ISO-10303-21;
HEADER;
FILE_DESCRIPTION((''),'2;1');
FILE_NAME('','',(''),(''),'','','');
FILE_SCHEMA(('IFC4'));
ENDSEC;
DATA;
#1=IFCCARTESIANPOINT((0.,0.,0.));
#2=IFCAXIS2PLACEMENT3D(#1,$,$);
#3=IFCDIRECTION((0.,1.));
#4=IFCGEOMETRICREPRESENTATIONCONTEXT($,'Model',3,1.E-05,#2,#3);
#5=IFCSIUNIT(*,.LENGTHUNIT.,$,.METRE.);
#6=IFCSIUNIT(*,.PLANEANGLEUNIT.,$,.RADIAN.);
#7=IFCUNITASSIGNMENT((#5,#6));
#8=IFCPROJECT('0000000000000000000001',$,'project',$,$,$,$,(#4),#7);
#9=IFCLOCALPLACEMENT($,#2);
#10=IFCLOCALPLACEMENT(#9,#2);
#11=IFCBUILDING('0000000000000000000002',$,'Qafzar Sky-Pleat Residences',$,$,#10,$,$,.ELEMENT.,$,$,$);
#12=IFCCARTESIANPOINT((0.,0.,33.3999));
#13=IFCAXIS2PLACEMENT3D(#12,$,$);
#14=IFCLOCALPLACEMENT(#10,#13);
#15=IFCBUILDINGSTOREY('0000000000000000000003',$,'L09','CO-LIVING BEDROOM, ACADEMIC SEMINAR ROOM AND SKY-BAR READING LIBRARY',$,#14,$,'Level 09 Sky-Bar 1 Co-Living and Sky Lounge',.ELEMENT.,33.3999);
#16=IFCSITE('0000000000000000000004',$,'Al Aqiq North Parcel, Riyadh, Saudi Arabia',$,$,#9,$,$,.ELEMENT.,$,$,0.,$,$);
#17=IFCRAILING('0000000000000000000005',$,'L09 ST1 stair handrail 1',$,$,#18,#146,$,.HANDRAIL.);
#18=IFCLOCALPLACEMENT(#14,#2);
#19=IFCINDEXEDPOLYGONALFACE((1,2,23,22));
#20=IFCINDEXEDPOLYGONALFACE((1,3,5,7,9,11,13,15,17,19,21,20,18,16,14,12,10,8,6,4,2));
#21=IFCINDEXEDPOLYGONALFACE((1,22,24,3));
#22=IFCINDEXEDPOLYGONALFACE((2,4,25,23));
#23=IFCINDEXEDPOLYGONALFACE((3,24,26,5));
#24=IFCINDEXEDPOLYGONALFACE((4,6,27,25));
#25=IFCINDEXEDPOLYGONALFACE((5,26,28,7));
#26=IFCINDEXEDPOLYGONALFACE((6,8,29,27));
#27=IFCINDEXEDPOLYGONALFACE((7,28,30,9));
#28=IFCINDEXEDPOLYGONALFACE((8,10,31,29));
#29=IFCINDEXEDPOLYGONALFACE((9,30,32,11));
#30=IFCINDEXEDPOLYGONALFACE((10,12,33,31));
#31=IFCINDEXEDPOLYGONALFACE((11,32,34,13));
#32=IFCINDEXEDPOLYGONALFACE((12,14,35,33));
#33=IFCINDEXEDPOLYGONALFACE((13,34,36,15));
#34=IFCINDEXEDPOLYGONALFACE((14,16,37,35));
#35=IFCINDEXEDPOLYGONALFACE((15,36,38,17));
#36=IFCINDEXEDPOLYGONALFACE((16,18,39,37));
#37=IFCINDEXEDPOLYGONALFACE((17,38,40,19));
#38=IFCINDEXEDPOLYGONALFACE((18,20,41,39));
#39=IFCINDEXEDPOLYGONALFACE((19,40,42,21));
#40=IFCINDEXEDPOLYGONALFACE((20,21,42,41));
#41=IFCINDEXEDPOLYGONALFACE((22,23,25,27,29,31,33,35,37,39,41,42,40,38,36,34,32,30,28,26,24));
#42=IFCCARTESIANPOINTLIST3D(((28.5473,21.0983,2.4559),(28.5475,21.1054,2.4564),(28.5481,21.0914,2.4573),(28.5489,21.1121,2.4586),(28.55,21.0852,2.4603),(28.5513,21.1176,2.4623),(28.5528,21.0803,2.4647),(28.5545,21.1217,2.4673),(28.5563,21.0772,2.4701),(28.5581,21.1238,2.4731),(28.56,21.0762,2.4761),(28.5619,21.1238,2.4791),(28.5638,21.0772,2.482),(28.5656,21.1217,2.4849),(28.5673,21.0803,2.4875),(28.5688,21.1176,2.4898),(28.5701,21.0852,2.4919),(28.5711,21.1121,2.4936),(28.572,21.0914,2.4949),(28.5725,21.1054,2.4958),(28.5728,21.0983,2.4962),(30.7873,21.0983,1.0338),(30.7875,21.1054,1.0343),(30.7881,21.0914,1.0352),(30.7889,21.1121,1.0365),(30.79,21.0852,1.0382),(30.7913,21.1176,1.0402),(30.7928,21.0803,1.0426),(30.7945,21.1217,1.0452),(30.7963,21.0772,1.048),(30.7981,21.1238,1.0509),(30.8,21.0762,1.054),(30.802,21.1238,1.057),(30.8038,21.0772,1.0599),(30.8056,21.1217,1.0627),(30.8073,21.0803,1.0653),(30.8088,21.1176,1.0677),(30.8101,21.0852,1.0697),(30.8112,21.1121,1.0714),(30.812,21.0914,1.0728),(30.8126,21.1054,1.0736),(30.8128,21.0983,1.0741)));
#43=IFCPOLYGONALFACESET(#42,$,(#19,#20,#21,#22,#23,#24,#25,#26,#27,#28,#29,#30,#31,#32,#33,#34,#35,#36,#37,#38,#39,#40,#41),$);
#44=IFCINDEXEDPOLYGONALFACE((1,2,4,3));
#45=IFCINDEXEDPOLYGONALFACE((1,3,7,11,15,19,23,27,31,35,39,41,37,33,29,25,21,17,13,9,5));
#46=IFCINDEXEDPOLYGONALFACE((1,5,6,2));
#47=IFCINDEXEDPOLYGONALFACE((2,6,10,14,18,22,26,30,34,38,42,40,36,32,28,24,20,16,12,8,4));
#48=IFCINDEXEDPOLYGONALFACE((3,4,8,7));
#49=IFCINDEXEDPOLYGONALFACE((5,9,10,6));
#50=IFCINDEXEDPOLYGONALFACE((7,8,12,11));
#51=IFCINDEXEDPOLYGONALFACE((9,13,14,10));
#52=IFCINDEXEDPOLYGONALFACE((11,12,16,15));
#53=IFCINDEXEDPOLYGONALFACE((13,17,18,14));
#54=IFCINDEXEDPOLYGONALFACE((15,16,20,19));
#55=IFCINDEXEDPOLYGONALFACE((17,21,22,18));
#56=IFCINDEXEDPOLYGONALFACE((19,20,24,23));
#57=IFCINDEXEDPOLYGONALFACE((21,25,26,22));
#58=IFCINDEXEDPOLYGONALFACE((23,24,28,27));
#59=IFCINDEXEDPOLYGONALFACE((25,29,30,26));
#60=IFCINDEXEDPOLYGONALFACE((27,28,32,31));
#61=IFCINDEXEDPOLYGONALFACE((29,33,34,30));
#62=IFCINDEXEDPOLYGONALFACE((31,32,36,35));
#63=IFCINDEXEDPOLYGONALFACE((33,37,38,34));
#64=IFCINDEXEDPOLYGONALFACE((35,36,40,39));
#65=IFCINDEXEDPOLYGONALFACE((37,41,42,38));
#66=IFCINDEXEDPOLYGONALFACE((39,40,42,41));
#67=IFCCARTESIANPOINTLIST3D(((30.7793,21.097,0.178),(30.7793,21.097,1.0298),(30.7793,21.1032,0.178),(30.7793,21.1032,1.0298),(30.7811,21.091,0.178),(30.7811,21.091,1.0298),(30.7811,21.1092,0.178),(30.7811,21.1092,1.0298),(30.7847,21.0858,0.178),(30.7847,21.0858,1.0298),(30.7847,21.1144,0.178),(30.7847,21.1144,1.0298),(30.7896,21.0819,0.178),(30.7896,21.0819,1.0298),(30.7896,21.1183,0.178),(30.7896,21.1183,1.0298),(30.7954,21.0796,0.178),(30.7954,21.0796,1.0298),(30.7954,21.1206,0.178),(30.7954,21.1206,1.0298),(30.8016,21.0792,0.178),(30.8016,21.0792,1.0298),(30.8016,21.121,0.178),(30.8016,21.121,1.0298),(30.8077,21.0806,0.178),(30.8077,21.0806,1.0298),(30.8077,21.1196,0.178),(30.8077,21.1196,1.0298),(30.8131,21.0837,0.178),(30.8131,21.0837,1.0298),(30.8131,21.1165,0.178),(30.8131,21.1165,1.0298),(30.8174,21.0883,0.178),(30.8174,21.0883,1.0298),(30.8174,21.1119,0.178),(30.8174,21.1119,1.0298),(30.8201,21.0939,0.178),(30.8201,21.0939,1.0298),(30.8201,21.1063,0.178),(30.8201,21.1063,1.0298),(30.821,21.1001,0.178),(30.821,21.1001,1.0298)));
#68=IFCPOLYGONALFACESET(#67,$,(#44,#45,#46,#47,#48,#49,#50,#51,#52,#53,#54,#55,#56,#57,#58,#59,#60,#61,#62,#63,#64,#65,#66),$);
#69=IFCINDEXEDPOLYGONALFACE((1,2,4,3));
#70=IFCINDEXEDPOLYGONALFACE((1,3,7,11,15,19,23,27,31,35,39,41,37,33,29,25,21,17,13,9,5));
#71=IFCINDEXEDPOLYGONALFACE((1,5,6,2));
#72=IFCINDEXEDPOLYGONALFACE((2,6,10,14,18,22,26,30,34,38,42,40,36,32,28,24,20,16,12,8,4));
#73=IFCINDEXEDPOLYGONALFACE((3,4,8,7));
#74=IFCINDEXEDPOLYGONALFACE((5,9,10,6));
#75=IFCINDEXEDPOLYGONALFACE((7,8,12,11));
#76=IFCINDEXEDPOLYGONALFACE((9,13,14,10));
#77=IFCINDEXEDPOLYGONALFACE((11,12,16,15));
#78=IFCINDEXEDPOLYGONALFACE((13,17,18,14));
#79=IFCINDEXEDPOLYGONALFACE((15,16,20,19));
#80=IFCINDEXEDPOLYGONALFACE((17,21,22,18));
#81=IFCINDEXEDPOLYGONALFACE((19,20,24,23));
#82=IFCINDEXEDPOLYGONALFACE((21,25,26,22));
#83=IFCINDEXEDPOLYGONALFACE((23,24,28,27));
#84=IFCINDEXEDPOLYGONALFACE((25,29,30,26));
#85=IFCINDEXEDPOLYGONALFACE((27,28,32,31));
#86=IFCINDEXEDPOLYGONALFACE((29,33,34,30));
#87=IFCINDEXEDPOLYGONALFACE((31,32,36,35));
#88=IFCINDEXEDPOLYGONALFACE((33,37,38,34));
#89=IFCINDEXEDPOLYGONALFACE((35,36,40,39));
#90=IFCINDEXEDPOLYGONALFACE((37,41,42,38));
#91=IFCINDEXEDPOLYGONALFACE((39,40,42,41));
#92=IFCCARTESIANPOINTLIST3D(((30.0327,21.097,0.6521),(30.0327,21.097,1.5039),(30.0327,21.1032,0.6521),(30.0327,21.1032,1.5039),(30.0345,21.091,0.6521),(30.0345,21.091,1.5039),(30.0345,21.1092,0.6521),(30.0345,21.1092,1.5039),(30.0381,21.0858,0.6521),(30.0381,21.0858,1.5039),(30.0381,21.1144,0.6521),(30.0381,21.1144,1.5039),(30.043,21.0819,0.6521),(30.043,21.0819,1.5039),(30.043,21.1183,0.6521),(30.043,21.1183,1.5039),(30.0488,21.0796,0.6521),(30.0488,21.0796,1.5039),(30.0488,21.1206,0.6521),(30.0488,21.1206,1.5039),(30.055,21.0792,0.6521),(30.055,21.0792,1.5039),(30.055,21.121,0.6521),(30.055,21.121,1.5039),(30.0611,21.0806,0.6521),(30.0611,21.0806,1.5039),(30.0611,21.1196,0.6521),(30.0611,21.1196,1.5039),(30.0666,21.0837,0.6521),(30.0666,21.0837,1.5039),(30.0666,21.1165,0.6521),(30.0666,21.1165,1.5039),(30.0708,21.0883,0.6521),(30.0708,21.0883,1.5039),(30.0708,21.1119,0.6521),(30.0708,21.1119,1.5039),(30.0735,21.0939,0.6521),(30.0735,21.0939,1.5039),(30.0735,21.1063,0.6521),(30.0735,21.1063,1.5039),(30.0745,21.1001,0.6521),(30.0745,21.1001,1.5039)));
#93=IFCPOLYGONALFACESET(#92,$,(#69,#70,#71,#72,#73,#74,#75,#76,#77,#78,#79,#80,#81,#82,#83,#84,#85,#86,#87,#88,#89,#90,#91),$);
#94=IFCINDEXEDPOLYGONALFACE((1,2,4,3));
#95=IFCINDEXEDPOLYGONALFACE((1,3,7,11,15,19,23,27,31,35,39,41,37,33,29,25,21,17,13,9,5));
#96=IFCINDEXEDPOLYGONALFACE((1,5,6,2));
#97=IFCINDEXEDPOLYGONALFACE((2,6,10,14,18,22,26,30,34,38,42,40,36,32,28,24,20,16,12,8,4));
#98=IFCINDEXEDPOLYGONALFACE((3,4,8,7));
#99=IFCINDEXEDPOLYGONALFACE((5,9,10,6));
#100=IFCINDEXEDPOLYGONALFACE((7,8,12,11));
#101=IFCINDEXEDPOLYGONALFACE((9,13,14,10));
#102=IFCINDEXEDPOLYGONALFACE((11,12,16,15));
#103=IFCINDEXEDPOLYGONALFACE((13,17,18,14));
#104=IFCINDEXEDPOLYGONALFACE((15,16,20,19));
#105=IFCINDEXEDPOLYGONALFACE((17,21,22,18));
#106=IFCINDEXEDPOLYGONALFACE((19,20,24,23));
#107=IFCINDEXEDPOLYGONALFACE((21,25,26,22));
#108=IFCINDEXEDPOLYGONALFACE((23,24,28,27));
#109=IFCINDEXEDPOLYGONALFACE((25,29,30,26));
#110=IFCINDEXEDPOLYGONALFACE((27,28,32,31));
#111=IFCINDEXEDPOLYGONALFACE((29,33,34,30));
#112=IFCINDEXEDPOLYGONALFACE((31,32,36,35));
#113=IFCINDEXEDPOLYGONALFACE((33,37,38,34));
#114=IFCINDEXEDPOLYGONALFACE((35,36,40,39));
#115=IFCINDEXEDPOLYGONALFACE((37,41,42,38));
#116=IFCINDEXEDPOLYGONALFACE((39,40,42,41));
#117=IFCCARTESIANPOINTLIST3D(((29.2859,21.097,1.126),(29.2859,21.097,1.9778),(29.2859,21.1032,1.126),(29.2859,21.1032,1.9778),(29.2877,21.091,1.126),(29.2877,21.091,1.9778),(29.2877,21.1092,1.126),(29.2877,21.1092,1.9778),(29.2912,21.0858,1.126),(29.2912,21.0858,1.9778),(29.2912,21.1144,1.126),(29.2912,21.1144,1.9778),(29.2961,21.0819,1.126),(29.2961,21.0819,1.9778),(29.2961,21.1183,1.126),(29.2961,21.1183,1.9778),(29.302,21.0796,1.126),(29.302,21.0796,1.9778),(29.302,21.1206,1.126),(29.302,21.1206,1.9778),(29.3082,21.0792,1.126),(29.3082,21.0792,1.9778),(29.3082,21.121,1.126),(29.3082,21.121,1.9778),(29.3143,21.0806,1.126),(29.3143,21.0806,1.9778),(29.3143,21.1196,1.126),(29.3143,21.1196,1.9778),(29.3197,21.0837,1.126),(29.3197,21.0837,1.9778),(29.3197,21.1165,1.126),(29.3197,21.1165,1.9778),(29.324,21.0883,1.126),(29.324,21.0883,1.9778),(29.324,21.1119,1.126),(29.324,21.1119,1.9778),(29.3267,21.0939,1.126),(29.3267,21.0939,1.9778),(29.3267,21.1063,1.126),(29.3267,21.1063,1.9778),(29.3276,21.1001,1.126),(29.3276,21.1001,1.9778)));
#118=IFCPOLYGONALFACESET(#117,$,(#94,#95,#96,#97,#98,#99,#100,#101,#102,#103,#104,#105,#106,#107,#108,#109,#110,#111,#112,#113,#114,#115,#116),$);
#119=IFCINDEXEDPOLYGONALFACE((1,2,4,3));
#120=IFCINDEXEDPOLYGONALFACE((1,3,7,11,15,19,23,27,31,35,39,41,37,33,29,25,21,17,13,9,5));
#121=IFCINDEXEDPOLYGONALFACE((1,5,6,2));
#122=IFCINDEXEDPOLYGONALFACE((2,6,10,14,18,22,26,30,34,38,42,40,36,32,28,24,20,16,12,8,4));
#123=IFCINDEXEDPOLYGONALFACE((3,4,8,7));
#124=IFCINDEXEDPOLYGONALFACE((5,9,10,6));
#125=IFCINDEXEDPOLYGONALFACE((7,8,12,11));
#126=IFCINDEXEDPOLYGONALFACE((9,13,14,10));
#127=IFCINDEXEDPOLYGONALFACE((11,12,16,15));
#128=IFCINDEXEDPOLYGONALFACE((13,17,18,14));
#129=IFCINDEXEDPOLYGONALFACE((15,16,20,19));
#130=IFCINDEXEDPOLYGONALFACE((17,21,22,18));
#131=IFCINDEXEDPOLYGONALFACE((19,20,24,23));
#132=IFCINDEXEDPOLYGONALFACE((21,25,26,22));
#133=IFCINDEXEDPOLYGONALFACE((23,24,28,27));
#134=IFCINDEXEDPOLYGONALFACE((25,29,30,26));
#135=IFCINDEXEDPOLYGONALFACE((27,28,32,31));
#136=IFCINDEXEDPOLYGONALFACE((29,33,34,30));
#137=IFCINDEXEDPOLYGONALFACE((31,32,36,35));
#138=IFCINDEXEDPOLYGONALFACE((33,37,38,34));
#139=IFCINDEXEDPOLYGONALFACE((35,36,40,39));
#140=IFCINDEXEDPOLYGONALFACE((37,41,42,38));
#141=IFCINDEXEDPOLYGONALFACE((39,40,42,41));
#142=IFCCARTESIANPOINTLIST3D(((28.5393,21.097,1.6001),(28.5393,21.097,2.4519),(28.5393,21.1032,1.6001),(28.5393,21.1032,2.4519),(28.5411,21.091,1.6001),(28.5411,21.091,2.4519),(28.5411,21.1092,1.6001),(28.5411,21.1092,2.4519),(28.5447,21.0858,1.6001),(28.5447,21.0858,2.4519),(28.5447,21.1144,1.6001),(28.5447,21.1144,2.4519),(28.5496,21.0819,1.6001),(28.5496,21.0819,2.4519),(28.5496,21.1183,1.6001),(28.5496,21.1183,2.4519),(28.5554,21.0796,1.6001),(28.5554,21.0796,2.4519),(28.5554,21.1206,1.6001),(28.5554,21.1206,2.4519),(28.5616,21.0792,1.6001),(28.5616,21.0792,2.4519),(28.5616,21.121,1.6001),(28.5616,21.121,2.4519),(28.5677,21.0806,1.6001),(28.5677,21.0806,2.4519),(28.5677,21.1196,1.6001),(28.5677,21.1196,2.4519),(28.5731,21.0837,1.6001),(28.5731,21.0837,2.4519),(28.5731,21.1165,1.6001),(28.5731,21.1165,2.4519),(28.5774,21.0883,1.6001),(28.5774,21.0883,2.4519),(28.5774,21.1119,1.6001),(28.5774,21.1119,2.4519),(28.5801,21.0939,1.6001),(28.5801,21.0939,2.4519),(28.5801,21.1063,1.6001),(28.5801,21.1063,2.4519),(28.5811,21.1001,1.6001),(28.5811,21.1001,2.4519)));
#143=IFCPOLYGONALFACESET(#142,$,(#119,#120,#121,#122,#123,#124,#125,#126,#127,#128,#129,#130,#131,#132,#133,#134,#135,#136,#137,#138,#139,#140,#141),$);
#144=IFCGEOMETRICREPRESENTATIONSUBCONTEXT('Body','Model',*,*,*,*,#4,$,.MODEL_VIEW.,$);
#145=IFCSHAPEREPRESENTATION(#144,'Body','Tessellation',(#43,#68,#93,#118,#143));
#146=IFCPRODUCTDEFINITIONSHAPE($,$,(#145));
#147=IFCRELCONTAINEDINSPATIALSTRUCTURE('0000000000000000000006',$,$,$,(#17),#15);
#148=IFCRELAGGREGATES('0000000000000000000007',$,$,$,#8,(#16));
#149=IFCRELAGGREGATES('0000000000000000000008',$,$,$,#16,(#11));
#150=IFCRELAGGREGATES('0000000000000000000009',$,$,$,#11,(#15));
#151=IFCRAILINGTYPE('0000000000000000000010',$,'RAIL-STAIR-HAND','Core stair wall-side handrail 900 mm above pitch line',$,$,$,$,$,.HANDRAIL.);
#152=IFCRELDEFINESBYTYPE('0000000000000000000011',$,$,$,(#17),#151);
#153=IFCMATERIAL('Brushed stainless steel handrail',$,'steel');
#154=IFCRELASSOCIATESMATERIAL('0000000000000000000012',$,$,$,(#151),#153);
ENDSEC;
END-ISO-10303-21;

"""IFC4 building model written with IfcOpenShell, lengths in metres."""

from ifc_helpers import new_model, si_unit, direction, frame, origin, origin_2d, place, context, subcontext, project, spatial, circle, extrude, source, transform, mapped, material, type_object, element, save


model = new_model("IFC4")

# Units and contexts
model_context = context("Model", 3, precision=1e-05, world=origin(), true_north=direction((0.0, 1.0)))
body_context = subcontext(model_context, "Body", "Model", "MODEL_VIEW")
ifc_project = project(units=[si_unit("LENGTHUNIT", "METRE"), si_unit("PLANEANGLEUNIT", "RADIAN")], contexts=[model_context])

# Site, building, storey
site_placement = place(None, origin())
site = spatial("IfcSite", under=ifc_project, at=site_placement, Name="Al Aqiq North Parcel, Riyadh, Saudi Arabia", CompositionType="ELEMENT", RefElevation=0.0)
building_placement = place(site_placement, origin())
building = spatial("IfcBuilding", under=site, at=building_placement, Name="Qafzar Sky-Pleat Residences", CompositionType="ELEMENT")
storey_placement = place(building_placement, frame((0.0, 0.0, 33.3999)))
storey = spatial("IfcBuildingStorey", under=building, at=storey_placement, Name="L09", Description="CO-LIVING BEDROOM, ACADEMIC SEMINAR ROOM AND SKY-BAR READING LIBRARY", LongName="Level 09 Sky-Bar 1 Co-Living and Sky Lounge", CompositionType="ELEMENT", Elevation=33.3999)

# Railing
ifc_material_1 = material(Name="Brushed stainless steel handrail", Category="steel")
railing_type_1 = type_object("IfcRailingType", Name="RAIL-STAIR-HAND", Description="Core stair wall-side handrail 900 mm above pitch line", PredefinedType="HANDRAIL", material=ifc_material_1)
shared_shape_1 = source(origin(), body_context, "Body", "SweptSolid", [
    extrude(circle(Radius=0.0239, at=origin_2d()), frame((0.0, 0.0, 0.876), z_axis=(-0.844229, 0.0, 0.535982), x_axis=(0.0, -1.0, 0.0)), (0.0, 0.0, 1.0), 2.6533),
    extrude(circle(Radius=0.021, at=origin_2d()), origin(), (0.0, 0.0, 1.0), 0.8518),
    extrude(circle(Radius=0.021, at=origin_2d()), frame((-0.7466, 0.0, 0.4741)), (0.0, 0.0, 1.0), 0.8518),
    extrude(circle(Radius=0.021, at=origin_2d()), frame((-1.4934, 0.0, 0.948)), (0.0, 0.0, 1.0), 0.8518),
    extrude(circle(Radius=0.021, at=origin_2d()), frame((-2.24, 0.0, 1.4221)), (0.0, 0.0, 1.0), 0.8518),
])
railing_1_placement = place(storey_placement, frame((30.8, 21.1001, 0.178)))
element("IfcRailing", 1, at=railing_1_placement, inside=storey, type_object=railing_type_1, Name="L09 ST1 stair handrail 1", PredefinedType="HANDRAIL", context=body_context, shape_type="MappedRepresentation", body=[
    mapped(shared_shape_1, transform((0.0, 0.0, 0.0), x_axis=(1.0, 0.0, 0.0), y_axis=(0.0, 1.0, 0.0), z_axis=(0.0, 0.0, 1.0), scale=1.0)),
])

save(model, "model.ifc")
